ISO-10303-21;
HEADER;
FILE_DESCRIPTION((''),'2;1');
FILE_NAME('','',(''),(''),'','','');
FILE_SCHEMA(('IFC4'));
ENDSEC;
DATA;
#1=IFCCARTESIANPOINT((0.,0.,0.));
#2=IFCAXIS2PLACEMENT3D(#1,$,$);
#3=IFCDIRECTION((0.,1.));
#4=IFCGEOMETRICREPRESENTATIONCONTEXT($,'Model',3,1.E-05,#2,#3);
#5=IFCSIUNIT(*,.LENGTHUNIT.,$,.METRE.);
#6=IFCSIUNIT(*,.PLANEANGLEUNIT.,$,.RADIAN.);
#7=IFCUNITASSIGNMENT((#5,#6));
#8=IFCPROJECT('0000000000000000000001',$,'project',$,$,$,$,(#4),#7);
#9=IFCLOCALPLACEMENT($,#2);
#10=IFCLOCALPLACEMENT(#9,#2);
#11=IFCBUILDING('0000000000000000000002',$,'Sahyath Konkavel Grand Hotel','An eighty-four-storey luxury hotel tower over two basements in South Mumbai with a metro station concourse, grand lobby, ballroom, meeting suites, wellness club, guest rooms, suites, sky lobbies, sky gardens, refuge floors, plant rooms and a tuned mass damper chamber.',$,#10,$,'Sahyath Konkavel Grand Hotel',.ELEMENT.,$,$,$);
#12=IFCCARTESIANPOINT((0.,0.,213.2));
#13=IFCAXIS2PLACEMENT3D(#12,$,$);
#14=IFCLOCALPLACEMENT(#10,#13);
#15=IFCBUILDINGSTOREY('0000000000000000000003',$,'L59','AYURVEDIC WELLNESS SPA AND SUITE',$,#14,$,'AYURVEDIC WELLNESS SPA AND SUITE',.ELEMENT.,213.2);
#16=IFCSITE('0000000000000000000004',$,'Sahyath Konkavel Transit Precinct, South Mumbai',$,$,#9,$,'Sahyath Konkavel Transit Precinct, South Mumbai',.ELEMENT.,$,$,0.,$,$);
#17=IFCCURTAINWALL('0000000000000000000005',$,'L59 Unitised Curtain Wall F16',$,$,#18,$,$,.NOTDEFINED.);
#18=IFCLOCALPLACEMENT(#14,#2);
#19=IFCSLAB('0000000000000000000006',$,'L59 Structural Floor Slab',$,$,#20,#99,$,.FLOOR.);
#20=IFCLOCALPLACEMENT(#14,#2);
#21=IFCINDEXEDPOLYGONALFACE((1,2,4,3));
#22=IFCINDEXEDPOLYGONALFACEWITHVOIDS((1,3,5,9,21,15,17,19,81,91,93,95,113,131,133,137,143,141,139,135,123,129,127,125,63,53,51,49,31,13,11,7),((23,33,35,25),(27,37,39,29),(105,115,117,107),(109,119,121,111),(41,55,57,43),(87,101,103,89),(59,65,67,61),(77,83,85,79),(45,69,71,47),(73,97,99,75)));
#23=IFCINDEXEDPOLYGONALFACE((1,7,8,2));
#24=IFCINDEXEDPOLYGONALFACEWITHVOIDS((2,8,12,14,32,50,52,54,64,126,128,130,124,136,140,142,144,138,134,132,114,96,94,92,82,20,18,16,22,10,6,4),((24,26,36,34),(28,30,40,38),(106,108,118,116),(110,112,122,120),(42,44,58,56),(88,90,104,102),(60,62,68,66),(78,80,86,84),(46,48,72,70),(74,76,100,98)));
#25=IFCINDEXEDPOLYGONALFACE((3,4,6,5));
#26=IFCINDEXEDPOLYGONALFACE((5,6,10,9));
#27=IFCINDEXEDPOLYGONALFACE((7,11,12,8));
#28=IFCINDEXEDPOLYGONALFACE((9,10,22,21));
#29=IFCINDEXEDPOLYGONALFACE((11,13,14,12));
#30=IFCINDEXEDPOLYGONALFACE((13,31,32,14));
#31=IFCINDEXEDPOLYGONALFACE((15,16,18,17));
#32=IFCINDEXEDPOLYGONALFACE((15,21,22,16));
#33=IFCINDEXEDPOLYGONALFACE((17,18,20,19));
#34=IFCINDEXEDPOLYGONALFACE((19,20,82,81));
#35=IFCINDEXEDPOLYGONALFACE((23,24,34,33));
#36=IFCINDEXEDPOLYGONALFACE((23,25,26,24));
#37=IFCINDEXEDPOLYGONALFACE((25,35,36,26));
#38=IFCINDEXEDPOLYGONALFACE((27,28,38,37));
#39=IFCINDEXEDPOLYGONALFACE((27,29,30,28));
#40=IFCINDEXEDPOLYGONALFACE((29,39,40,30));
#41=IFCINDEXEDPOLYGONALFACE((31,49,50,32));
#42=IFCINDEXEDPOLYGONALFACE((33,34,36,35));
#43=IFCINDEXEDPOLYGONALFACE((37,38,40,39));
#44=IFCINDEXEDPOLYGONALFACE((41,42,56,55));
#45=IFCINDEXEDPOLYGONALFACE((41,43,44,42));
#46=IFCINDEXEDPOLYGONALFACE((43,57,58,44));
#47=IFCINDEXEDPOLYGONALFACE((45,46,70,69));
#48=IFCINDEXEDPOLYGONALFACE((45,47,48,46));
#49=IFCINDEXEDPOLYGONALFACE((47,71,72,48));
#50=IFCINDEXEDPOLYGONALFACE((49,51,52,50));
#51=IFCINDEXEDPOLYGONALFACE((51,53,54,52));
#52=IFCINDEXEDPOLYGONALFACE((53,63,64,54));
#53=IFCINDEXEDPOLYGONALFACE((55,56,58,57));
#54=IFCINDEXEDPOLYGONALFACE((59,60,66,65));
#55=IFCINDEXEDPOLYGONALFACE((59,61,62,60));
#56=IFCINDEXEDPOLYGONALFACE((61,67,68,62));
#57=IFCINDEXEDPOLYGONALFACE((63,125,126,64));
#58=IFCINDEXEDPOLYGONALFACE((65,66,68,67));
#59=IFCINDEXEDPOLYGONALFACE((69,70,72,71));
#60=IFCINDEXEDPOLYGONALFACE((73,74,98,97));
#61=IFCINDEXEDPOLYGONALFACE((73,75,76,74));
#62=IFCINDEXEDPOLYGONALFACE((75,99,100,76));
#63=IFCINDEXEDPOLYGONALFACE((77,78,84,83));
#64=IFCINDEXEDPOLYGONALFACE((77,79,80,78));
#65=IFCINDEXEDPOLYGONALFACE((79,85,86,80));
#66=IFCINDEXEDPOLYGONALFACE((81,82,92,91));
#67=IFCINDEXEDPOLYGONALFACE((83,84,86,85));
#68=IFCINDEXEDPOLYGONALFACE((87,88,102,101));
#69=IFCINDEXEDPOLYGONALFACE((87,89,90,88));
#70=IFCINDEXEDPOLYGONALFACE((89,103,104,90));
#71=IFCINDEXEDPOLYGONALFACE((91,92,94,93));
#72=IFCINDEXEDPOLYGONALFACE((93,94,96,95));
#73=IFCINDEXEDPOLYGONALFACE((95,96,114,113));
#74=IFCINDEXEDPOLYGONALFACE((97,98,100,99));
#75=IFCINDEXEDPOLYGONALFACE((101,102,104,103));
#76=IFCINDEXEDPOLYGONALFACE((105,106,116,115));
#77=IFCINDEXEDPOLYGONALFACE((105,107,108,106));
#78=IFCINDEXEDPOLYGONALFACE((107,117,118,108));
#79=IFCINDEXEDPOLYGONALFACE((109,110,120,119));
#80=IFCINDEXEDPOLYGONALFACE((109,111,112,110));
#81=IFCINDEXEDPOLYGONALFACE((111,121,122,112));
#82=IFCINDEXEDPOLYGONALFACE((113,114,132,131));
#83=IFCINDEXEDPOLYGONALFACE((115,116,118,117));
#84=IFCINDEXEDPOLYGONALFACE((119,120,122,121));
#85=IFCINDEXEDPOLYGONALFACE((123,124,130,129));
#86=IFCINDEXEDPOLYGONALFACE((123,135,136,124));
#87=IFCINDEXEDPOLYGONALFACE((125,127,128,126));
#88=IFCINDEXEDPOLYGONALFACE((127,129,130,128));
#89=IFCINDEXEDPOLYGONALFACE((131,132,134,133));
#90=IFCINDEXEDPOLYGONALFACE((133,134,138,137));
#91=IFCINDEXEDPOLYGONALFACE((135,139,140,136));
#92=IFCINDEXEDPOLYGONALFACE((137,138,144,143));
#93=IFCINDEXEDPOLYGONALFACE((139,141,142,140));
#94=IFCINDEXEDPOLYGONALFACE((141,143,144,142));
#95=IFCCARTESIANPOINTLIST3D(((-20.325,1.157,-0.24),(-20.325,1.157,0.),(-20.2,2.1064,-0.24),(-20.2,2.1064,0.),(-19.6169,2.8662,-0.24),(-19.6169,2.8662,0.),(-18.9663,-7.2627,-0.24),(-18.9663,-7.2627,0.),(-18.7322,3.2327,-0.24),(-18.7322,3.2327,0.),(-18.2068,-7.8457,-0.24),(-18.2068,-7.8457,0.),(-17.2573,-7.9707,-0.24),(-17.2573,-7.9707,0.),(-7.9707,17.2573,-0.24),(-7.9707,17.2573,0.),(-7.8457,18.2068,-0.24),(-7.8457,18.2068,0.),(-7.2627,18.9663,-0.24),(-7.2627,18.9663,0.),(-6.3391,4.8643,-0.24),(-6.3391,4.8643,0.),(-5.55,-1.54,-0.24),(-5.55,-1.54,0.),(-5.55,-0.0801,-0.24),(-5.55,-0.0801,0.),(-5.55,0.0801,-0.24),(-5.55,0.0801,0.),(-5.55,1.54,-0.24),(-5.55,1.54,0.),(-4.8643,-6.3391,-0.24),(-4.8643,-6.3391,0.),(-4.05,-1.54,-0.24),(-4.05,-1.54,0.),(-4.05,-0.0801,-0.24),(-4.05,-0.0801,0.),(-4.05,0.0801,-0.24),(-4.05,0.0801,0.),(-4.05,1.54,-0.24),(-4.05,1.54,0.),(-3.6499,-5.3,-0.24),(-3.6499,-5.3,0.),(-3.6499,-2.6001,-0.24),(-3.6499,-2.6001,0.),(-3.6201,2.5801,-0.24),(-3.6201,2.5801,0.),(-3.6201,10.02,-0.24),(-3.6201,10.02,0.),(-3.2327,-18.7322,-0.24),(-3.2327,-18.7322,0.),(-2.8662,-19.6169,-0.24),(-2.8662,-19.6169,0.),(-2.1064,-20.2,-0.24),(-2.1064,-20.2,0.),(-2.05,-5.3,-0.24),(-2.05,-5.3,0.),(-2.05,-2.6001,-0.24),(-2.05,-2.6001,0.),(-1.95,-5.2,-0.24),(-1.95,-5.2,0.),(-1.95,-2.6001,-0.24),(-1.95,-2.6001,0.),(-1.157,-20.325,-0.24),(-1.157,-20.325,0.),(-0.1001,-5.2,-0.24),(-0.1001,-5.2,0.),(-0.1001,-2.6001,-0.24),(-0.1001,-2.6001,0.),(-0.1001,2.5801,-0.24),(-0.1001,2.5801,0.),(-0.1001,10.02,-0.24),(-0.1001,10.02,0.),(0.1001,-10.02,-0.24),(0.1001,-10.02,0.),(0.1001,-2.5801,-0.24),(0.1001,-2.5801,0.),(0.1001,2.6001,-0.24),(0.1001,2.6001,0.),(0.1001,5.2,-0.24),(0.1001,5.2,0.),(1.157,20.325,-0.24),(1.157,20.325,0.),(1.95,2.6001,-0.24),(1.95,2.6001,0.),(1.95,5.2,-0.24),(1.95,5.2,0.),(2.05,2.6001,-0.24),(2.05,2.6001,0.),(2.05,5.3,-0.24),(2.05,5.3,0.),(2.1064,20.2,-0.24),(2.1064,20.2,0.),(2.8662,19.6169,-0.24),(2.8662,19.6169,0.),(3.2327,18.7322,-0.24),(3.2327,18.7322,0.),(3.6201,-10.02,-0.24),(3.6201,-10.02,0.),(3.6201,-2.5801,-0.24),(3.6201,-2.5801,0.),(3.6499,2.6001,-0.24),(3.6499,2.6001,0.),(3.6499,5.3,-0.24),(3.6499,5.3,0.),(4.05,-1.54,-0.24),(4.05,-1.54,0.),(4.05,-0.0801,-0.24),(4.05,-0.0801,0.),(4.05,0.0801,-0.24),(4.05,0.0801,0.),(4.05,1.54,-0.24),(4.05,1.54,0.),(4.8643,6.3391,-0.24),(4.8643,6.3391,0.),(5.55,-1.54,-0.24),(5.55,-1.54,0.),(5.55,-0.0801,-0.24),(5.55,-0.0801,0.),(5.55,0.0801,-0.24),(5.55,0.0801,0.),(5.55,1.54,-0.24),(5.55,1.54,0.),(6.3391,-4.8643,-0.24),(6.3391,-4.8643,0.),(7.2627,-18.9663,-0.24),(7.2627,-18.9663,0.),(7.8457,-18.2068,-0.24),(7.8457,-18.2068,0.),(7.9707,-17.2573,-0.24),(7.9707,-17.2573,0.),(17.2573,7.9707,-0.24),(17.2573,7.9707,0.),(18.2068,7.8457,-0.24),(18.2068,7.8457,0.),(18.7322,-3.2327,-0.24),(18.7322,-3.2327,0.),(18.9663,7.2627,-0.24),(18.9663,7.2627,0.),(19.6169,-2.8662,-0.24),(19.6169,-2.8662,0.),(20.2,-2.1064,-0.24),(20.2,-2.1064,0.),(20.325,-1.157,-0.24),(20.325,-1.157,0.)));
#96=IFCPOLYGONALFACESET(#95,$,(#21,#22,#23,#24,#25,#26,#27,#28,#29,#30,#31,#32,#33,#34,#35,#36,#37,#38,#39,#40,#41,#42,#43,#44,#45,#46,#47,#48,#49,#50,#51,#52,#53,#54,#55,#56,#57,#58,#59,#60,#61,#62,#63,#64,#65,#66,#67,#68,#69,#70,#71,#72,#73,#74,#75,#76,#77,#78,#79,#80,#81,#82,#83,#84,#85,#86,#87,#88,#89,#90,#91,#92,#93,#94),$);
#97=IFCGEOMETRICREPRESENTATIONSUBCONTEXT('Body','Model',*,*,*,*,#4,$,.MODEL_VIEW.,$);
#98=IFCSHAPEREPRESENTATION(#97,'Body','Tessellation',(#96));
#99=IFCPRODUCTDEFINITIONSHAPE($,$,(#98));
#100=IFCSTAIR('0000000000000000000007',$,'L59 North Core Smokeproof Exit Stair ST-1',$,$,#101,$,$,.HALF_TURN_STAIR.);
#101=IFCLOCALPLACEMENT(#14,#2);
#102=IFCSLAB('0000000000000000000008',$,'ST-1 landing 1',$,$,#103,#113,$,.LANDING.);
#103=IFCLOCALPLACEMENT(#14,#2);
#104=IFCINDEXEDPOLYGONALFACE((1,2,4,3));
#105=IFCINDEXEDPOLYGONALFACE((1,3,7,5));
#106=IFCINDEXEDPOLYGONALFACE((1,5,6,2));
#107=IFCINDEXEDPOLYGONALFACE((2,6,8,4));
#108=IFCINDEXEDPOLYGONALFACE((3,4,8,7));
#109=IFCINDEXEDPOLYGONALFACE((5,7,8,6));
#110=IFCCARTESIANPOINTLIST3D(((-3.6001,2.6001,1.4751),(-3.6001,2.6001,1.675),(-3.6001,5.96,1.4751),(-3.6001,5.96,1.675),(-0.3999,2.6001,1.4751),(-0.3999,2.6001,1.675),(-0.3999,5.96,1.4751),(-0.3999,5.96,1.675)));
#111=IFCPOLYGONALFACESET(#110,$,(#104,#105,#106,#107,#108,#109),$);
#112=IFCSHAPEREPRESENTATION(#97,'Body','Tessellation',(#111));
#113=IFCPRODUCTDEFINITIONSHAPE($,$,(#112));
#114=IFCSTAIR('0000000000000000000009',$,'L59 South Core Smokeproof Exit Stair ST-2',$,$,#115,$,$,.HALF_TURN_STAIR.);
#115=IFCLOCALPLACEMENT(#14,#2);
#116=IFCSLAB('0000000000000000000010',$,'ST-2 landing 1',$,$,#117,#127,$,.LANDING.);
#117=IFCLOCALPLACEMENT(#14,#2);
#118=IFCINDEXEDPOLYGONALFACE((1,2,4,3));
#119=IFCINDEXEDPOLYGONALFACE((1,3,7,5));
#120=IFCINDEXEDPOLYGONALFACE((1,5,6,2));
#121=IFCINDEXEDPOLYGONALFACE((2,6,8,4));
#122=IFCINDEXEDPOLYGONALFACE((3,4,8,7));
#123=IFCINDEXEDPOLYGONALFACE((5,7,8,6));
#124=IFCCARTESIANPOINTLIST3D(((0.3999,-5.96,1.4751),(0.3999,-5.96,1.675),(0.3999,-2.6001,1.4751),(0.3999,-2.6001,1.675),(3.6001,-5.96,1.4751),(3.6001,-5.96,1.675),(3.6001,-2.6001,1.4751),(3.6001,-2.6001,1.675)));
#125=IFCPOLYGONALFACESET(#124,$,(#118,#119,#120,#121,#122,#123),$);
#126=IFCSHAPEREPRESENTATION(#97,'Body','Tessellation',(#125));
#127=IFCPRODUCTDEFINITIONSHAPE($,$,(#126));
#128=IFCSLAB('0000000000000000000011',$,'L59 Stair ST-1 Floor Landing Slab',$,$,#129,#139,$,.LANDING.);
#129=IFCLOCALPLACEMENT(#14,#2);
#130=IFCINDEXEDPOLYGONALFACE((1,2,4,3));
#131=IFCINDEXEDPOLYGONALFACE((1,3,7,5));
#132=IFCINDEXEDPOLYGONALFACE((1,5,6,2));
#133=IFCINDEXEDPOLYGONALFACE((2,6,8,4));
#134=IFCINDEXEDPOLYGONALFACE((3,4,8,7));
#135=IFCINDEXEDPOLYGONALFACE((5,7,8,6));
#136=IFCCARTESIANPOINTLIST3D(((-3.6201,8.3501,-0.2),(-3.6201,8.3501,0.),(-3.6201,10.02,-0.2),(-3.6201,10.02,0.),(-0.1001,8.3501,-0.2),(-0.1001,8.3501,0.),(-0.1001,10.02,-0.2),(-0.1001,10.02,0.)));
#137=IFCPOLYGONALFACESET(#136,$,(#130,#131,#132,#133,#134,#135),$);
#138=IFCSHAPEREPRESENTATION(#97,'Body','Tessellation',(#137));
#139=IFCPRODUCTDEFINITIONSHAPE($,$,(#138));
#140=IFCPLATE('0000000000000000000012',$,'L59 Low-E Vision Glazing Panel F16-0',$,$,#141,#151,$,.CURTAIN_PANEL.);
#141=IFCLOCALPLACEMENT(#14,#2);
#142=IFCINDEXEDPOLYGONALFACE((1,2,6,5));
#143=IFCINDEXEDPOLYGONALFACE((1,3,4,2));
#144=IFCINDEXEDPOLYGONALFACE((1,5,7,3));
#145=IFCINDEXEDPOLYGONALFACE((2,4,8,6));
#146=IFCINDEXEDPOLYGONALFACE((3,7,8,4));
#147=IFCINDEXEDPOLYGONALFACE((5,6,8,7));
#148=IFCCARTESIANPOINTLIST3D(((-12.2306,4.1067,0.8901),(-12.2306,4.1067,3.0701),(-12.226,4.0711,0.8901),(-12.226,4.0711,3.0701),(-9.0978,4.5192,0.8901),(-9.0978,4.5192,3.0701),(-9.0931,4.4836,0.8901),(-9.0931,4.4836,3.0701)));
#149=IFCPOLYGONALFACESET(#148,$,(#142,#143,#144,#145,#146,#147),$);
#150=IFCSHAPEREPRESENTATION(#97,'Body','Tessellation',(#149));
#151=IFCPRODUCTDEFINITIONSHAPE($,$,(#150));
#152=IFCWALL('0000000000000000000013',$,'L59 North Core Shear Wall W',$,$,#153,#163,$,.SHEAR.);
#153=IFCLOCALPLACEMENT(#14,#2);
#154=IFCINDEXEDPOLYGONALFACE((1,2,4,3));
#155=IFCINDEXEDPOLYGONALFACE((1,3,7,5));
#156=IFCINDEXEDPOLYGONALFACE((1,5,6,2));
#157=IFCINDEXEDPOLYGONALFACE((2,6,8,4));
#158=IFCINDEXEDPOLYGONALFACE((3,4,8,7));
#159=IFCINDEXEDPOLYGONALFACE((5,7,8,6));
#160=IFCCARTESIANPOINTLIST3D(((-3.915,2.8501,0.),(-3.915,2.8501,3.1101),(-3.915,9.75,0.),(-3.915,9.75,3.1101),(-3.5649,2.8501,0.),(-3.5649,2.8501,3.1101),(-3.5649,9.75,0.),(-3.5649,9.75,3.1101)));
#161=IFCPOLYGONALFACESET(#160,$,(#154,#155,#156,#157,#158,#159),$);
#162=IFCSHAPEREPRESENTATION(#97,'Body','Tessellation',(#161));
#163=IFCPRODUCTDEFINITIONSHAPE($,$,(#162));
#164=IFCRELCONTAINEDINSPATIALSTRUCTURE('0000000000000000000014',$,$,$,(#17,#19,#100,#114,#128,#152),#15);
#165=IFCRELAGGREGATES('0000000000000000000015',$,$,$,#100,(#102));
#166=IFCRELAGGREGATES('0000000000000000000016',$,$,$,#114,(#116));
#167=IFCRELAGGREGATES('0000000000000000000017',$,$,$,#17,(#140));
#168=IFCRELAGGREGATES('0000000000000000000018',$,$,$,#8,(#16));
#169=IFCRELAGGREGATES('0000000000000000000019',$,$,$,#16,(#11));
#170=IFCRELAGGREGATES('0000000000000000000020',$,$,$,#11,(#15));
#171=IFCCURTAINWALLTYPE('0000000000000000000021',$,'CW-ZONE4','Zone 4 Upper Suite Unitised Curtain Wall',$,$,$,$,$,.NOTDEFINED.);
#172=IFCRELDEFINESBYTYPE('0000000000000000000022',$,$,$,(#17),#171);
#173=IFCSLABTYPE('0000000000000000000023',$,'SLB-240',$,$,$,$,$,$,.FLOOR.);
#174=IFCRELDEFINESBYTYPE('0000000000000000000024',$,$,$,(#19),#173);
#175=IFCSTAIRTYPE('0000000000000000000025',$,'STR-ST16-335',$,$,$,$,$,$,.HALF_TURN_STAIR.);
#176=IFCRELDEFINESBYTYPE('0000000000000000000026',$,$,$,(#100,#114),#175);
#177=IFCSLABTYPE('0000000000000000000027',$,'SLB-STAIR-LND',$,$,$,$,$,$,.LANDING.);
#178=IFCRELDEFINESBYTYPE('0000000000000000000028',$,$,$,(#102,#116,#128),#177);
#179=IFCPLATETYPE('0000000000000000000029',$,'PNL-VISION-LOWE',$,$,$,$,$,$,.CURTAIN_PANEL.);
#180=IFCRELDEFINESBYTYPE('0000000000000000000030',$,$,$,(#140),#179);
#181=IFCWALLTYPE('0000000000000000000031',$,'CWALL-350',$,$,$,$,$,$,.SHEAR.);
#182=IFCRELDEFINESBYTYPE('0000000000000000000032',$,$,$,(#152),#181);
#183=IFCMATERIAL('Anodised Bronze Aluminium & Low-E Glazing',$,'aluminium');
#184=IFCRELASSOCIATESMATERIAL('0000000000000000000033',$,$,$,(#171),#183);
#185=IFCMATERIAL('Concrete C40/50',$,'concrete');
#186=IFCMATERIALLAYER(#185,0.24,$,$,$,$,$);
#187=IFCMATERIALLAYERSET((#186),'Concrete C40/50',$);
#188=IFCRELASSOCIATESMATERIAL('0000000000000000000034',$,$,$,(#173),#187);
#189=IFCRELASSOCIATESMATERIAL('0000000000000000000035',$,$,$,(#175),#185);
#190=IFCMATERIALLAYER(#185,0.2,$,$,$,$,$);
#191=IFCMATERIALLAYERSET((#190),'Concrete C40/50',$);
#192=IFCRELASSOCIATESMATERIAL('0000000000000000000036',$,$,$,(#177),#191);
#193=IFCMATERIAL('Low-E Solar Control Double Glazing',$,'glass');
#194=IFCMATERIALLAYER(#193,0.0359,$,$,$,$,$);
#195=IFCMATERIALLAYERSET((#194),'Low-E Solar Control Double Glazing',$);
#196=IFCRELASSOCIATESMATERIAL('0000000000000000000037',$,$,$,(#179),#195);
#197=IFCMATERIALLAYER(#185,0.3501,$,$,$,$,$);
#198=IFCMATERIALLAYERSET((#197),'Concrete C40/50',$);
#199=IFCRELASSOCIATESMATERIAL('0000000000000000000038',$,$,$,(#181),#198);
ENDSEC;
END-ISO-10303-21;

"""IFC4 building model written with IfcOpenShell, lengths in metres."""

from ifc_helpers import new_model, si_unit, direction, frame, frame_2d, origin, origin_2d, place, context, subcontext, project, spatial, polyline, rectangle, outline, extrude, source, transform, mapped, material, layer, layer_set, type_object, element, aggregate, save


model = new_model("IFC4")

# Units and contexts
model_context = context("Model", 3, precision=1e-05, world=origin(), true_north=direction((0.0, 1.0)))
body_context = subcontext(model_context, "Body", "Model", "MODEL_VIEW")
ifc_project = project(units=[si_unit("LENGTHUNIT", "METRE"), si_unit("PLANEANGLEUNIT", "RADIAN")], contexts=[model_context])

# Site, building, storey
site_placement = place(None, origin())
site = spatial("IfcSite", under=ifc_project, at=site_placement, Name="Sahyath Konkavel Transit Precinct, South Mumbai", LongName="Sahyath Konkavel Transit Precinct, South Mumbai", CompositionType="ELEMENT", RefElevation=0.0)
building_placement = place(site_placement, origin())
building = spatial("IfcBuilding", under=site, at=building_placement, Name="Sahyath Konkavel Grand Hotel", Description="An eighty-four-storey luxury hotel tower over two basements in South Mumbai with a metro station concourse, grand lobby, ballroom, meeting suites, wellness club, guest rooms, suites, sky lobbies, sky gardens, refuge floors, plant rooms and a tuned mass damper chamber.", LongName="Sahyath Konkavel Grand Hotel", CompositionType="ELEMENT")
storey_placement = place(building_placement, frame((0.0, 0.0, 213.2)))
storey = spatial("IfcBuildingStorey", under=building, at=storey_placement, Name="L59", Description="AYURVEDIC WELLNESS SPA AND SUITE", LongName="AYURVEDIC WELLNESS SPA AND SUITE", CompositionType="ELEMENT", Elevation=213.2)

# Shared definitions
ifc_material_1 = material(Name="Concrete C40/50", Category="concrete")

# Shared definitions
ifc_material_2 = material(Name="Anodised Bronze Aluminium & Low-E Glazing", Category="aluminium")
curtain_wall_type = type_object("IfcCurtainWallType", Name="CW-ZONE4", Description="Zone 4 Upper Suite Unitised Curtain Wall", PredefinedType="NOTDEFINED", material=ifc_material_2)

# Curtain wall
curtain_wall_1_placement = place(storey_placement, origin())
curtain_wall_1 = element("IfcCurtainWall", 1, at=curtain_wall_1_placement, inside=storey, type_object=curtain_wall_type, Name="L59 Unitised Curtain Wall F16", PredefinedType="NOTDEFINED")

# Slab
ifc_layer_1 = layer(ifc_material_1, 0.24)
ifc_layer_set_1 = layer_set([ifc_layer_1], Name="Concrete C40/50")
slab_type_1 = type_object("IfcSlabType", Name="SLB-240", PredefinedType="FLOOR", material=ifc_layer_set_1)
slab_1_placement = place(storey_placement, frame((0.0, 0.0, -0.24)))
element("IfcSlab", 2, at=slab_1_placement, inside=storey, type_object=slab_type_1, Name="L59 Structural Floor Slab", PredefinedType="FLOOR", context=body_context, shape_type="SweptSolid", body=[
    extrude(outline(polyline([(6.3391, -4.8643), (18.7322, -3.2327), (19.6169, -2.8662), (20.2, -2.1064), (20.325, -1.157), (18.9663, 7.2627), (18.2068, 7.8457), (17.2573, 7.9707), (4.8643, 6.3391), (3.2327, 18.7322), (2.8662, 19.6169), (2.1064, 20.2), (1.157, 20.325), (-7.2627, 18.9663), (-7.8457, 18.2068), (-7.9707, 17.2573), (-6.3391, 4.8643), (-18.7322, 3.2327), (-19.6169, 2.8662), (-20.2, 2.1064), (-20.325, 1.157), (-18.9663, -7.2627), (-18.2068, -7.8457), (-17.2573, -7.9707), (-4.8643, -6.3391), (-3.2327, -18.7322), (-2.8662, -19.6169), (-2.1064, -20.2), (-1.157, -20.325), (7.2627, -18.9663), (7.8457, -18.2068), (7.9707, -17.2573), (6.3391, -4.8643)]), holes=[polyline([(-3.6201, 2.5801), (-0.1001, 2.5801), (-0.1001, 10.02), (-3.6201, 10.02), (-3.6201, 2.5801)]), polyline([(0.1001, -10.02), (3.6201, -10.02), (3.6201, -2.5801), (0.1001, -2.5801), (0.1001, -10.02)]), polyline([(0.1001, 2.6001), (1.95, 2.6001), (1.95, 5.2), (0.1001, 5.2), (0.1001, 2.6001)]), polyline([(-1.95, -5.2), (-0.1001, -5.2), (-0.1001, -2.6001), (-1.95, -2.6001), (-1.95, -5.2)]), polyline([(2.05, 2.6001), (3.6499, 2.6001), (3.6499, 5.3), (2.05, 5.3), (2.05, 2.6001)]), polyline([(-3.6499, -5.3), (-2.05, -5.3), (-2.05, -2.6001), (-3.6499, -2.6001), (-3.6499, -5.3)]), polyline([(4.05, 0.0801), (5.55, 0.0801), (5.55, 1.54), (4.05, 1.54), (4.05, 0.0801)]), polyline([(4.05, -1.54), (5.55, -1.54), (5.55, -0.0801), (4.05, -0.0801), (4.05, -1.54)]), polyline([(-5.55, 0.0801), (-4.05, 0.0801), (-4.05, 1.54), (-5.55, 1.54), (-5.55, 0.0801)]), polyline([(-5.55, -1.54), (-4.05, -1.54), (-4.05, -0.0801), (-5.55, -0.0801), (-5.55, -1.54)])]), origin(), (0.0, 0.0, 1.0), 0.24),
])

# Stairs, slabs
stair_type = type_object("IfcStairType", Name="STR-ST16-335", PredefinedType="HALF_TURN_STAIR", material=ifc_material_1)
stair_1_placement = place(storey_placement, origin())
stair_1 = element("IfcStair", 3, at=stair_1_placement, inside=storey, type_object=stair_type, Name="L59 North Core Smokeproof Exit Stair ST-1", PredefinedType="HALF_TURN_STAIR")
ifc_layer_2 = layer(ifc_material_1, 0.2)
ifc_layer_set_2 = layer_set([ifc_layer_2], Name="Concrete C40/50")
slab_type_2 = type_object("IfcSlabType", Name="SLB-STAIR-LND", PredefinedType="LANDING", material=ifc_layer_set_2)
slab_2_placement = place(storey_placement, frame((0.0, 0.0, 1.4751)))
slab_2 = element("IfcSlab", 4, at=slab_2_placement, type_object=slab_type_2, Name="ST-1 landing 1", PredefinedType="LANDING", context=body_context, shape_type="SweptSolid", body=[
    extrude(outline(polyline([(-3.6001, 5.96), (-3.6001, 2.6001), (-0.3999, 2.6001), (-0.3999, 5.96), (-3.6001, 5.96)])), origin(), (0.0, 0.0, 1.0), 0.2),
])
aggregate(stair_1, [slab_2])
stair_2_placement = place(storey_placement, origin())
stair_2 = element("IfcStair", 5, at=stair_2_placement, inside=storey, type_object=stair_type, Name="L59 South Core Smokeproof Exit Stair ST-2", PredefinedType="HALF_TURN_STAIR")
slab_3_placement = place(storey_placement, frame((0.0, 0.0, 1.4751)))
slab_3 = element("IfcSlab", 6, at=slab_3_placement, type_object=slab_type_2, Name="ST-2 landing 1", PredefinedType="LANDING", context=body_context, shape_type="SweptSolid", body=[
    extrude(outline(polyline([(3.6001, -5.96), (3.6001, -2.6001), (0.3999, -2.6001), (0.3999, -5.96), (3.6001, -5.96)])), origin(), (0.0, 0.0, 1.0), 0.2),
])
aggregate(stair_2, [slab_3])

# Slab
slab_4_placement = place(storey_placement, frame((0.0, 0.0, -0.2)))
element("IfcSlab", 7, at=slab_4_placement, inside=storey, type_object=slab_type_2, Name="L59 Stair ST-1 Floor Landing Slab", PredefinedType="LANDING", context=body_context, shape_type="SweptSolid", body=[
    extrude(outline(polyline([(-3.6201, 8.3501), (-0.1001, 8.3501), (-0.1001, 10.02), (-3.6201, 10.02), (-3.6201, 8.3501)])), origin(), (0.0, 0.0, 1.0), 0.2),
])

# Plate
ifc_material_3 = material(Name="Low-E Solar Control Double Glazing", Category="glass")
ifc_layer_3 = layer(ifc_material_3, 0.0359)
ifc_layer_set_3 = layer_set([ifc_layer_3], Name="Low-E Solar Control Double Glazing")
plate_type = type_object("IfcPlateType", Name="PNL-VISION-LOWE", PredefinedType="CURTAIN_PANEL", material=ifc_layer_set_3)
shared_shape_1 = source(origin(), body_context, "Body", "SweptSolid", [
    extrude(rectangle(XDim=3.1599, YDim=0.0359, at=origin_2d()), origin(), (0.0, 0.0, 1.0), 2.1799),
])
plate_placement = place(storey_placement, frame((-10.6619, 4.2952, 0.8901), z_axis=(0.0, 0.0, 1.0), x_axis=(-0.991445, -0.130526, 0.0)))
plate = element("IfcPlate", 8, at=plate_placement, type_object=plate_type, Name="L59 Low-E Vision Glazing Panel F16-0", PredefinedType="CURTAIN_PANEL", context=body_context, shape_type="MappedRepresentation", body=[
    mapped(shared_shape_1, transform((0.0, 0.0, 0.0), scale=1.0)),
])
aggregate(curtain_wall_1, [plate])

# Wall
ifc_layer_4 = layer(ifc_material_1, 0.3501)
ifc_layer_set_4 = layer_set([ifc_layer_4], Name="Concrete C40/50")
wall_type_1 = type_object("IfcWallType", Name="CWALL-350", PredefinedType="SHEAR", material=ifc_layer_set_4)
wall_1_placement = place(storey_placement, frame((-3.74, 2.8501, 0.0), z_axis=(0.0, 0.0, 1.0), x_axis=(0.0, 1.0, 0.0)))
element("IfcWall", 9, at=wall_1_placement, inside=storey, type_object=wall_type_1, Name="L59 North Core Shear Wall W", PredefinedType="SHEAR", context=body_context, shape_type="SweptSolid", body=[
    extrude(rectangle(XDim=6.8999, YDim=0.3501, at=frame_2d((3.45, 0.0))), origin(), (0.0, 0.0, 1.0), 3.1101),
])

save(model, "model.ifc")
